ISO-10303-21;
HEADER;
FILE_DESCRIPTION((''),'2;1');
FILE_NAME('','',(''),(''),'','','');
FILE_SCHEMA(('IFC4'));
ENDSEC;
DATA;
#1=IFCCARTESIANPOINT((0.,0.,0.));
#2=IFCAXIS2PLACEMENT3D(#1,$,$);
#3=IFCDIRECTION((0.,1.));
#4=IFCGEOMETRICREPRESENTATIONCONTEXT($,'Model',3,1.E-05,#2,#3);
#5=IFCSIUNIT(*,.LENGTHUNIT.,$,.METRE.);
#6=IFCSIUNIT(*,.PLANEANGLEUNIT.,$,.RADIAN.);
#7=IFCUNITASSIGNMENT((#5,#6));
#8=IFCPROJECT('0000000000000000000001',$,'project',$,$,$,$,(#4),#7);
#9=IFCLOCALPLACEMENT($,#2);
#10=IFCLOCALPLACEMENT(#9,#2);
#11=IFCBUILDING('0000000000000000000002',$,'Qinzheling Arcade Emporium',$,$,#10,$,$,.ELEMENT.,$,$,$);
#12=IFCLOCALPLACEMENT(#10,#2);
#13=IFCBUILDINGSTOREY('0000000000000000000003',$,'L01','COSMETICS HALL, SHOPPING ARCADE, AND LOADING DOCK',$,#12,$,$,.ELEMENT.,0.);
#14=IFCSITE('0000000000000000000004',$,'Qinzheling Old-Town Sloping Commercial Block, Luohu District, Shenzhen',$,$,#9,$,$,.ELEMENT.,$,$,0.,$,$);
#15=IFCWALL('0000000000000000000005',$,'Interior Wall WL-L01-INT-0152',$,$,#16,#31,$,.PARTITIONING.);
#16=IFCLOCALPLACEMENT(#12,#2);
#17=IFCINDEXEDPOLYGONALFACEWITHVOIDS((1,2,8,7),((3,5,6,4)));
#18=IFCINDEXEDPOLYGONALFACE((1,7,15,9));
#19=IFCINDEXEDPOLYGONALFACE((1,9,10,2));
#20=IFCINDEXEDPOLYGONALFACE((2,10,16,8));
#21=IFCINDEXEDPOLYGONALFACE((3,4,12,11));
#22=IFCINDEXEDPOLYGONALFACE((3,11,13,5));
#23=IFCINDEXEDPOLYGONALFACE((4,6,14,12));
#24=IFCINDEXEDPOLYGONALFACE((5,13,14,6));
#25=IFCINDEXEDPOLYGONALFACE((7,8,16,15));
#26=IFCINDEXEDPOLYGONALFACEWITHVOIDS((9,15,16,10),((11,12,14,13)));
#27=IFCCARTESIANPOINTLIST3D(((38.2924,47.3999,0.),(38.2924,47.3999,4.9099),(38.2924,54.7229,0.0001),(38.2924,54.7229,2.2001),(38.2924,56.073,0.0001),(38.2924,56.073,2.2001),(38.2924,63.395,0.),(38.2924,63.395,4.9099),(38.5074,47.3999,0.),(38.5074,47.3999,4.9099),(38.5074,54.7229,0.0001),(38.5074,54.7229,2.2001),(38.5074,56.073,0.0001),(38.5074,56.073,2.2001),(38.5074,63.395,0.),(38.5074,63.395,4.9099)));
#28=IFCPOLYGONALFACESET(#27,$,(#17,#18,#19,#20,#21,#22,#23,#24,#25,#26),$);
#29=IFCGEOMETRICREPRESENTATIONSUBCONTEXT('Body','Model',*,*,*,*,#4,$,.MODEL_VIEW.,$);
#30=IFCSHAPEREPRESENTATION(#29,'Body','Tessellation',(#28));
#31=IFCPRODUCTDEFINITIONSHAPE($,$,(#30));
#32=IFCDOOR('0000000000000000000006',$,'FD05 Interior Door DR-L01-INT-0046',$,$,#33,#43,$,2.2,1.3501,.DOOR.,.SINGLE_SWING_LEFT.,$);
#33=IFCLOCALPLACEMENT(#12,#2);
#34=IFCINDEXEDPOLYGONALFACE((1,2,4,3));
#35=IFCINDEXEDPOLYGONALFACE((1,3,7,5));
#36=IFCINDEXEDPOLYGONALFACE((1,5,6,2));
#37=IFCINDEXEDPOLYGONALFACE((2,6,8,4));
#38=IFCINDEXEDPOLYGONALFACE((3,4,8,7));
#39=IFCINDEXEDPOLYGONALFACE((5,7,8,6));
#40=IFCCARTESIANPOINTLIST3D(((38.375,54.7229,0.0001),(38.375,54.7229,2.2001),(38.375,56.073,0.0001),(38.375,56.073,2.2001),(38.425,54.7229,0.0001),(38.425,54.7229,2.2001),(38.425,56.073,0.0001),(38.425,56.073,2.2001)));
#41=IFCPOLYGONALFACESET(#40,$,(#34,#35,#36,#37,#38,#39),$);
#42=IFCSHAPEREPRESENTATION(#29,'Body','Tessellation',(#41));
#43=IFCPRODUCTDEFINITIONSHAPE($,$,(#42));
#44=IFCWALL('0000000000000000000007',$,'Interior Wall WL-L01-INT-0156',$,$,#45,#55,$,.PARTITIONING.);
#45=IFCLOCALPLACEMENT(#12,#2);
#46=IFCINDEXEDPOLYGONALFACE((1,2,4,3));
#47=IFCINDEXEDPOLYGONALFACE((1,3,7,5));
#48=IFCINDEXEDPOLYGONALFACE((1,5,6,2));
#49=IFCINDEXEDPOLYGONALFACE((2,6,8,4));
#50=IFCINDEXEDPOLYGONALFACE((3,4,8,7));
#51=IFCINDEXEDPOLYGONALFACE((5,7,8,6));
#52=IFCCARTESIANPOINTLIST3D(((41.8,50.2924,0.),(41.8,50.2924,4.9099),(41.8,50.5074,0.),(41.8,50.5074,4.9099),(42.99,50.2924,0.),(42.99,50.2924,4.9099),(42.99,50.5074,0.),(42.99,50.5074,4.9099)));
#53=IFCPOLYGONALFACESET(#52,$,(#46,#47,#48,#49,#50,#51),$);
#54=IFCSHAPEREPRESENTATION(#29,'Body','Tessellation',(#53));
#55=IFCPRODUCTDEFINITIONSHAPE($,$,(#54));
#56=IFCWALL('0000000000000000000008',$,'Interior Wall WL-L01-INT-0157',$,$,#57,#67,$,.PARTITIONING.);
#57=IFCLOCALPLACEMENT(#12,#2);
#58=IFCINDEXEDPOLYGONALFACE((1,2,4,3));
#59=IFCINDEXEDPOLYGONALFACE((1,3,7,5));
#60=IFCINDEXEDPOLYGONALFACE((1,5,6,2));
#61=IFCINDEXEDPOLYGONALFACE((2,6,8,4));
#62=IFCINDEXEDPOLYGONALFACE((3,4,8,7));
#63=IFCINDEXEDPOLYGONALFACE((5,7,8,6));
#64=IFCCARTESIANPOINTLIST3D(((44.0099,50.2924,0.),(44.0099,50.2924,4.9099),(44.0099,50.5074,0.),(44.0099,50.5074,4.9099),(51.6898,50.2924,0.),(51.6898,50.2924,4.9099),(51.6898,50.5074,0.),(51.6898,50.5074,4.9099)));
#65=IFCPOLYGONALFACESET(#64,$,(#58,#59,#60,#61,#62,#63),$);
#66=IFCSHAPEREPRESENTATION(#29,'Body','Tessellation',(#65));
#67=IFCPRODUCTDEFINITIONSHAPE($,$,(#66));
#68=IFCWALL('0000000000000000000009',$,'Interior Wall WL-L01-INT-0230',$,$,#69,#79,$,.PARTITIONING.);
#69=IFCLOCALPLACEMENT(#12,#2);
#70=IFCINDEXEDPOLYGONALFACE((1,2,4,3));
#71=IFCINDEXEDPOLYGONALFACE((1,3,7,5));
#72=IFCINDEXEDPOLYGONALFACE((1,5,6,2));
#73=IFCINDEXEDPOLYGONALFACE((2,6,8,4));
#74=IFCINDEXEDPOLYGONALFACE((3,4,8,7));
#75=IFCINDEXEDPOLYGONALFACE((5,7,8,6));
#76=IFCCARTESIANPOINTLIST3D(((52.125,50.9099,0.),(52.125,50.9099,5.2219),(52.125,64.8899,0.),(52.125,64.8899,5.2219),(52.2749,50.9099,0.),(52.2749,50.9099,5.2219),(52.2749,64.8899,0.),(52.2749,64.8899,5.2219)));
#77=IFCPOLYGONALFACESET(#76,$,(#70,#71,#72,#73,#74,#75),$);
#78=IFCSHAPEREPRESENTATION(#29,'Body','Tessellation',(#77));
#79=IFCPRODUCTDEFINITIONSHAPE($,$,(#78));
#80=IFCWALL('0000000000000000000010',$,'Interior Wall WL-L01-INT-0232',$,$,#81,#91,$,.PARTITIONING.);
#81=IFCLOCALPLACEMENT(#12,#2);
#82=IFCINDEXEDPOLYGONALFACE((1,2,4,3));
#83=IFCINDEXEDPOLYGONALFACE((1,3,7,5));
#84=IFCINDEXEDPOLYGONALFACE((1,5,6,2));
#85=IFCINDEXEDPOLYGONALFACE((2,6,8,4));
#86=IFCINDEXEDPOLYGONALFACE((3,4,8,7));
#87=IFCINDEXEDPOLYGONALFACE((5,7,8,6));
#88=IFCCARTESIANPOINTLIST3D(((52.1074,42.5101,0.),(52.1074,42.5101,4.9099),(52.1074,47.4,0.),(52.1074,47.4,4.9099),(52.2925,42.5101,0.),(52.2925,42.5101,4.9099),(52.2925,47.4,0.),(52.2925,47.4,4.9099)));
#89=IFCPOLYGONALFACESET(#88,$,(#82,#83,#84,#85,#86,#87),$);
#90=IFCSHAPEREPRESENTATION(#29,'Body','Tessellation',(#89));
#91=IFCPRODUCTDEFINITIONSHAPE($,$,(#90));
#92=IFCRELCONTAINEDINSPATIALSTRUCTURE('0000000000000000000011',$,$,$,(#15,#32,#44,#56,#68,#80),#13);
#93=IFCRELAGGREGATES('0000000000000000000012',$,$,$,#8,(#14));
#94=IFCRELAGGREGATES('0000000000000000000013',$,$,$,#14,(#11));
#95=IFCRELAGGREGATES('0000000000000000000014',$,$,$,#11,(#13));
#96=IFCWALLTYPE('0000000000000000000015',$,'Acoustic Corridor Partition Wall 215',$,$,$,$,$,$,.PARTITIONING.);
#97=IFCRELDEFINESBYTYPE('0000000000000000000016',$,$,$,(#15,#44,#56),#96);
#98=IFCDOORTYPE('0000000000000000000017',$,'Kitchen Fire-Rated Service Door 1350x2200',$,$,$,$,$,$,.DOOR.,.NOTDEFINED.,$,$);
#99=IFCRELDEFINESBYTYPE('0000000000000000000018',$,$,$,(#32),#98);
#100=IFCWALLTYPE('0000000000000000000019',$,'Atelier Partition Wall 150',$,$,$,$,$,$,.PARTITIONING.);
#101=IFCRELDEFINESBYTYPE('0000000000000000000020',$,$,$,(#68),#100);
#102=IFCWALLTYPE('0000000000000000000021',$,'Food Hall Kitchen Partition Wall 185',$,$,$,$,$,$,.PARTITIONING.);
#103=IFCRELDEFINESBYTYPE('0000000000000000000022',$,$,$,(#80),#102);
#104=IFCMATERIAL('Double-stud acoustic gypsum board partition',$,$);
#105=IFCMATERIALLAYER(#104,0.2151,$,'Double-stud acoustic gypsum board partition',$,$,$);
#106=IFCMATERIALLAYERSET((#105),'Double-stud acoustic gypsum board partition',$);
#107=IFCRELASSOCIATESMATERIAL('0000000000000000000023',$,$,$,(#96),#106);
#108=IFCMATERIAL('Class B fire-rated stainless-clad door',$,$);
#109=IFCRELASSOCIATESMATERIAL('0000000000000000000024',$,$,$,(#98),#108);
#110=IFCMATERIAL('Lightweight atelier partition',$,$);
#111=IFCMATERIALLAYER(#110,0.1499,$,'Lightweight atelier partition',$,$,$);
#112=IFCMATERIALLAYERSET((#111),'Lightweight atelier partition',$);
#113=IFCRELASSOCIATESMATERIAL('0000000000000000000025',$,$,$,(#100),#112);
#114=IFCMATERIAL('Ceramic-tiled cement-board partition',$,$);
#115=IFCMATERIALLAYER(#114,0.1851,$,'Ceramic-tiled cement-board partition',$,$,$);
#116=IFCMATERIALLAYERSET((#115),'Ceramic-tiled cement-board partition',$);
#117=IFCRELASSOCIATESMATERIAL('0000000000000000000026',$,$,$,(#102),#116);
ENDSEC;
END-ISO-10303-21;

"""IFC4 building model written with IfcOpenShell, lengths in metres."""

from ifc_helpers import new_model, si_unit, direction, frame, frame_2d, origin, place, context, subcontext, project, spatial, rectangle, extrude, material, layer, layer_set, type_object, element, fill, save


model = new_model("IFC4")

# Units and contexts
model_context = context("Model", 3, precision=1e-05, world=origin(), true_north=direction((0.0, 1.0)))
body_context = subcontext(model_context, "Body", "Model", "MODEL_VIEW")
ifc_project = project(units=[si_unit("LENGTHUNIT", "METRE"), si_unit("PLANEANGLEUNIT", "RADIAN")], contexts=[model_context])

# Site, building, storey
site_placement = place(None, origin())
site = spatial("IfcSite", under=ifc_project, at=site_placement, Name="Qinzheling Old-Town Sloping Commercial Block, Luohu District, Shenzhen", CompositionType="ELEMENT", RefElevation=0.0)
building_placement = place(site_placement, origin())
building = spatial("IfcBuilding", under=site, at=building_placement, Name="Qinzheling Arcade Emporium", CompositionType="ELEMENT")
storey_placement = place(building_placement, origin())
storey = spatial("IfcBuildingStorey", under=building, at=storey_placement, Name="L01", Description="COSMETICS HALL, SHOPPING ARCADE, AND LOADING DOCK", CompositionType="ELEMENT", Elevation=0.0)

# Shared definitions
ifc_material_1 = material(Name="Double-stud acoustic gypsum board partition")
ifc_layer_1 = layer(ifc_material_1, 0.2151, Name="Double-stud acoustic gypsum board partition")
ifc_layer_set_1 = layer_set([ifc_layer_1], Name="Double-stud acoustic gypsum board partition")
wall_type_1 = type_object("IfcWallType", Name="Acoustic Corridor Partition Wall 215", PredefinedType="PARTITIONING", material=ifc_layer_set_1)

# Wall, opening, door
wall_1_placement = place(storey_placement, frame((38.3999, 47.3999, 0.0), z_axis=(0.0, 0.0, 1.0), x_axis=(0.0, 1.0, 0.0)))
wall_1 = element("IfcWall", 1, at=wall_1_placement, inside=storey, type_object=wall_type_1, Name="Interior Wall WL-L01-INT-0152", PredefinedType="PARTITIONING", context=body_context, shape_type="SweptSolid", body=[
    extrude(rectangle(XDim=15.9951, YDim=0.2151, at=frame_2d((7.9976, 0.0))), origin(), (0.0, 0.0, 1.0), 4.9099),
])
opening_placement = place(wall_1_placement, frame((7.323, 0.0, 0.0)))
opening = element("IfcOpeningElement", 2, at=opening_placement, cuts=wall_1, PredefinedType="OPENING", context=body_context, shape_type="SweptSolid", body=[
    extrude(rectangle(XDim=1.3501, YDim=2.2, at=frame_2d((0.675, 1.1001))), frame((0.0, 0.1177, 0.0), z_axis=(0.0, -1.0, 0.0), x_axis=(1.0, 0.0, 0.0)), (0.0, 0.0, 1.0), 0.2351),
])
ifc_material_2 = material(Name="Class B fire-rated stainless-clad door")
door_type = type_object("IfcDoorType", Name="Kitchen Fire-Rated Service Door 1350x2200", OperationType="NOTDEFINED", PredefinedType="DOOR", material=ifc_material_2)
door_placement = place(opening_placement, origin())
door = element("IfcDoor", 3, at=door_placement, inside=storey, type_object=door_type, Name="FD05 Interior Door DR-L01-INT-0046", OperationType="SINGLE_SWING_LEFT", OverallHeight=2.2, OverallWidth=1.3501, PredefinedType="DOOR", context=body_context, shape_type="SweptSolid", body=[
    extrude(rectangle(XDim=1.3501, YDim=2.2, at=frame_2d((0.675, 1.1001))), frame((0.0, 0.0249, 0.0), z_axis=(0.0, -1.0, 0.0), x_axis=(1.0, 0.0, 0.0)), (0.0, 0.0, 1.0), 0.05),
])
fill(opening, door)

# Walls
wall_2_placement = place(storey_placement, frame((41.8, 50.3999, 0.0), z_axis=(0.0, 0.0, 1.0), x_axis=(1.0, 0.0, 0.0)))
element("IfcWall", 4, at=wall_2_placement, inside=storey, type_object=wall_type_1, Name="Interior Wall WL-L01-INT-0156", PredefinedType="PARTITIONING", context=body_context, shape_type="SweptSolid", body=[
    extrude(rectangle(XDim=1.1899, YDim=0.2151, at=frame_2d((0.595, 0.0))), origin(), (0.0, 0.0, 1.0), 4.9099),
])
wall_3_placement = place(storey_placement, frame((44.01, 50.3999, 0.0), z_axis=(0.0, 0.0, 1.0), x_axis=(1.0, 0.0, 0.0)))
element("IfcWall", 5, at=wall_3_placement, inside=storey, type_object=wall_type_1, Name="Interior Wall WL-L01-INT-0157", PredefinedType="PARTITIONING", context=body_context, shape_type="SweptSolid", body=[
    extrude(rectangle(XDim=7.6799, YDim=0.2151, at=frame_2d((3.8398, 0.0))), origin(), (0.0, 0.0, 1.0), 4.9099),
])
ifc_material_3 = material(Name="Lightweight atelier partition")
ifc_layer_2 = layer(ifc_material_3, 0.1499, Name="Lightweight atelier partition")
ifc_layer_set_2 = layer_set([ifc_layer_2], Name="Lightweight atelier partition")
wall_type_2 = type_object("IfcWallType", Name="Atelier Partition Wall 150", PredefinedType="PARTITIONING", material=ifc_layer_set_2)
wall_4_placement = place(storey_placement, frame((52.2, 50.9099, 0.0), z_axis=(0.0, 0.0, 1.0), x_axis=(0.0, 1.0, 0.0)))
element("IfcWall", 6, at=wall_4_placement, inside=storey, type_object=wall_type_2, Name="Interior Wall WL-L01-INT-0230", PredefinedType="PARTITIONING", context=body_context, shape_type="SweptSolid", body=[
    extrude(rectangle(XDim=13.98, YDim=0.1499, at=frame_2d((6.99, 0.0))), origin(), (0.0, 0.0, 1.0), 5.2219),
])
ifc_material_4 = material(Name="Ceramic-tiled cement-board partition")
ifc_layer_3 = layer(ifc_material_4, 0.1851, Name="Ceramic-tiled cement-board partition")
ifc_layer_set_3 = layer_set([ifc_layer_3], Name="Ceramic-tiled cement-board partition")
wall_type_3 = type_object("IfcWallType", Name="Food Hall Kitchen Partition Wall 185", PredefinedType="PARTITIONING", material=ifc_layer_set_3)
wall_5_placement = place(storey_placement, frame((52.2, 47.3999, 0.0), z_axis=(0.0, 0.0, 1.0), x_axis=(0.0, -1.0, 0.0)))
element("IfcWall", 7, at=wall_5_placement, inside=storey, type_object=wall_type_3, Name="Interior Wall WL-L01-INT-0232", PredefinedType="PARTITIONING", context=body_context, shape_type="SweptSolid", body=[
    extrude(rectangle(XDim=4.8899, YDim=0.1851, at=frame_2d((2.4448, 0.0))), origin(), (0.0, 0.0, 1.0), 4.9099),
])

save(model, "model.ifc")
